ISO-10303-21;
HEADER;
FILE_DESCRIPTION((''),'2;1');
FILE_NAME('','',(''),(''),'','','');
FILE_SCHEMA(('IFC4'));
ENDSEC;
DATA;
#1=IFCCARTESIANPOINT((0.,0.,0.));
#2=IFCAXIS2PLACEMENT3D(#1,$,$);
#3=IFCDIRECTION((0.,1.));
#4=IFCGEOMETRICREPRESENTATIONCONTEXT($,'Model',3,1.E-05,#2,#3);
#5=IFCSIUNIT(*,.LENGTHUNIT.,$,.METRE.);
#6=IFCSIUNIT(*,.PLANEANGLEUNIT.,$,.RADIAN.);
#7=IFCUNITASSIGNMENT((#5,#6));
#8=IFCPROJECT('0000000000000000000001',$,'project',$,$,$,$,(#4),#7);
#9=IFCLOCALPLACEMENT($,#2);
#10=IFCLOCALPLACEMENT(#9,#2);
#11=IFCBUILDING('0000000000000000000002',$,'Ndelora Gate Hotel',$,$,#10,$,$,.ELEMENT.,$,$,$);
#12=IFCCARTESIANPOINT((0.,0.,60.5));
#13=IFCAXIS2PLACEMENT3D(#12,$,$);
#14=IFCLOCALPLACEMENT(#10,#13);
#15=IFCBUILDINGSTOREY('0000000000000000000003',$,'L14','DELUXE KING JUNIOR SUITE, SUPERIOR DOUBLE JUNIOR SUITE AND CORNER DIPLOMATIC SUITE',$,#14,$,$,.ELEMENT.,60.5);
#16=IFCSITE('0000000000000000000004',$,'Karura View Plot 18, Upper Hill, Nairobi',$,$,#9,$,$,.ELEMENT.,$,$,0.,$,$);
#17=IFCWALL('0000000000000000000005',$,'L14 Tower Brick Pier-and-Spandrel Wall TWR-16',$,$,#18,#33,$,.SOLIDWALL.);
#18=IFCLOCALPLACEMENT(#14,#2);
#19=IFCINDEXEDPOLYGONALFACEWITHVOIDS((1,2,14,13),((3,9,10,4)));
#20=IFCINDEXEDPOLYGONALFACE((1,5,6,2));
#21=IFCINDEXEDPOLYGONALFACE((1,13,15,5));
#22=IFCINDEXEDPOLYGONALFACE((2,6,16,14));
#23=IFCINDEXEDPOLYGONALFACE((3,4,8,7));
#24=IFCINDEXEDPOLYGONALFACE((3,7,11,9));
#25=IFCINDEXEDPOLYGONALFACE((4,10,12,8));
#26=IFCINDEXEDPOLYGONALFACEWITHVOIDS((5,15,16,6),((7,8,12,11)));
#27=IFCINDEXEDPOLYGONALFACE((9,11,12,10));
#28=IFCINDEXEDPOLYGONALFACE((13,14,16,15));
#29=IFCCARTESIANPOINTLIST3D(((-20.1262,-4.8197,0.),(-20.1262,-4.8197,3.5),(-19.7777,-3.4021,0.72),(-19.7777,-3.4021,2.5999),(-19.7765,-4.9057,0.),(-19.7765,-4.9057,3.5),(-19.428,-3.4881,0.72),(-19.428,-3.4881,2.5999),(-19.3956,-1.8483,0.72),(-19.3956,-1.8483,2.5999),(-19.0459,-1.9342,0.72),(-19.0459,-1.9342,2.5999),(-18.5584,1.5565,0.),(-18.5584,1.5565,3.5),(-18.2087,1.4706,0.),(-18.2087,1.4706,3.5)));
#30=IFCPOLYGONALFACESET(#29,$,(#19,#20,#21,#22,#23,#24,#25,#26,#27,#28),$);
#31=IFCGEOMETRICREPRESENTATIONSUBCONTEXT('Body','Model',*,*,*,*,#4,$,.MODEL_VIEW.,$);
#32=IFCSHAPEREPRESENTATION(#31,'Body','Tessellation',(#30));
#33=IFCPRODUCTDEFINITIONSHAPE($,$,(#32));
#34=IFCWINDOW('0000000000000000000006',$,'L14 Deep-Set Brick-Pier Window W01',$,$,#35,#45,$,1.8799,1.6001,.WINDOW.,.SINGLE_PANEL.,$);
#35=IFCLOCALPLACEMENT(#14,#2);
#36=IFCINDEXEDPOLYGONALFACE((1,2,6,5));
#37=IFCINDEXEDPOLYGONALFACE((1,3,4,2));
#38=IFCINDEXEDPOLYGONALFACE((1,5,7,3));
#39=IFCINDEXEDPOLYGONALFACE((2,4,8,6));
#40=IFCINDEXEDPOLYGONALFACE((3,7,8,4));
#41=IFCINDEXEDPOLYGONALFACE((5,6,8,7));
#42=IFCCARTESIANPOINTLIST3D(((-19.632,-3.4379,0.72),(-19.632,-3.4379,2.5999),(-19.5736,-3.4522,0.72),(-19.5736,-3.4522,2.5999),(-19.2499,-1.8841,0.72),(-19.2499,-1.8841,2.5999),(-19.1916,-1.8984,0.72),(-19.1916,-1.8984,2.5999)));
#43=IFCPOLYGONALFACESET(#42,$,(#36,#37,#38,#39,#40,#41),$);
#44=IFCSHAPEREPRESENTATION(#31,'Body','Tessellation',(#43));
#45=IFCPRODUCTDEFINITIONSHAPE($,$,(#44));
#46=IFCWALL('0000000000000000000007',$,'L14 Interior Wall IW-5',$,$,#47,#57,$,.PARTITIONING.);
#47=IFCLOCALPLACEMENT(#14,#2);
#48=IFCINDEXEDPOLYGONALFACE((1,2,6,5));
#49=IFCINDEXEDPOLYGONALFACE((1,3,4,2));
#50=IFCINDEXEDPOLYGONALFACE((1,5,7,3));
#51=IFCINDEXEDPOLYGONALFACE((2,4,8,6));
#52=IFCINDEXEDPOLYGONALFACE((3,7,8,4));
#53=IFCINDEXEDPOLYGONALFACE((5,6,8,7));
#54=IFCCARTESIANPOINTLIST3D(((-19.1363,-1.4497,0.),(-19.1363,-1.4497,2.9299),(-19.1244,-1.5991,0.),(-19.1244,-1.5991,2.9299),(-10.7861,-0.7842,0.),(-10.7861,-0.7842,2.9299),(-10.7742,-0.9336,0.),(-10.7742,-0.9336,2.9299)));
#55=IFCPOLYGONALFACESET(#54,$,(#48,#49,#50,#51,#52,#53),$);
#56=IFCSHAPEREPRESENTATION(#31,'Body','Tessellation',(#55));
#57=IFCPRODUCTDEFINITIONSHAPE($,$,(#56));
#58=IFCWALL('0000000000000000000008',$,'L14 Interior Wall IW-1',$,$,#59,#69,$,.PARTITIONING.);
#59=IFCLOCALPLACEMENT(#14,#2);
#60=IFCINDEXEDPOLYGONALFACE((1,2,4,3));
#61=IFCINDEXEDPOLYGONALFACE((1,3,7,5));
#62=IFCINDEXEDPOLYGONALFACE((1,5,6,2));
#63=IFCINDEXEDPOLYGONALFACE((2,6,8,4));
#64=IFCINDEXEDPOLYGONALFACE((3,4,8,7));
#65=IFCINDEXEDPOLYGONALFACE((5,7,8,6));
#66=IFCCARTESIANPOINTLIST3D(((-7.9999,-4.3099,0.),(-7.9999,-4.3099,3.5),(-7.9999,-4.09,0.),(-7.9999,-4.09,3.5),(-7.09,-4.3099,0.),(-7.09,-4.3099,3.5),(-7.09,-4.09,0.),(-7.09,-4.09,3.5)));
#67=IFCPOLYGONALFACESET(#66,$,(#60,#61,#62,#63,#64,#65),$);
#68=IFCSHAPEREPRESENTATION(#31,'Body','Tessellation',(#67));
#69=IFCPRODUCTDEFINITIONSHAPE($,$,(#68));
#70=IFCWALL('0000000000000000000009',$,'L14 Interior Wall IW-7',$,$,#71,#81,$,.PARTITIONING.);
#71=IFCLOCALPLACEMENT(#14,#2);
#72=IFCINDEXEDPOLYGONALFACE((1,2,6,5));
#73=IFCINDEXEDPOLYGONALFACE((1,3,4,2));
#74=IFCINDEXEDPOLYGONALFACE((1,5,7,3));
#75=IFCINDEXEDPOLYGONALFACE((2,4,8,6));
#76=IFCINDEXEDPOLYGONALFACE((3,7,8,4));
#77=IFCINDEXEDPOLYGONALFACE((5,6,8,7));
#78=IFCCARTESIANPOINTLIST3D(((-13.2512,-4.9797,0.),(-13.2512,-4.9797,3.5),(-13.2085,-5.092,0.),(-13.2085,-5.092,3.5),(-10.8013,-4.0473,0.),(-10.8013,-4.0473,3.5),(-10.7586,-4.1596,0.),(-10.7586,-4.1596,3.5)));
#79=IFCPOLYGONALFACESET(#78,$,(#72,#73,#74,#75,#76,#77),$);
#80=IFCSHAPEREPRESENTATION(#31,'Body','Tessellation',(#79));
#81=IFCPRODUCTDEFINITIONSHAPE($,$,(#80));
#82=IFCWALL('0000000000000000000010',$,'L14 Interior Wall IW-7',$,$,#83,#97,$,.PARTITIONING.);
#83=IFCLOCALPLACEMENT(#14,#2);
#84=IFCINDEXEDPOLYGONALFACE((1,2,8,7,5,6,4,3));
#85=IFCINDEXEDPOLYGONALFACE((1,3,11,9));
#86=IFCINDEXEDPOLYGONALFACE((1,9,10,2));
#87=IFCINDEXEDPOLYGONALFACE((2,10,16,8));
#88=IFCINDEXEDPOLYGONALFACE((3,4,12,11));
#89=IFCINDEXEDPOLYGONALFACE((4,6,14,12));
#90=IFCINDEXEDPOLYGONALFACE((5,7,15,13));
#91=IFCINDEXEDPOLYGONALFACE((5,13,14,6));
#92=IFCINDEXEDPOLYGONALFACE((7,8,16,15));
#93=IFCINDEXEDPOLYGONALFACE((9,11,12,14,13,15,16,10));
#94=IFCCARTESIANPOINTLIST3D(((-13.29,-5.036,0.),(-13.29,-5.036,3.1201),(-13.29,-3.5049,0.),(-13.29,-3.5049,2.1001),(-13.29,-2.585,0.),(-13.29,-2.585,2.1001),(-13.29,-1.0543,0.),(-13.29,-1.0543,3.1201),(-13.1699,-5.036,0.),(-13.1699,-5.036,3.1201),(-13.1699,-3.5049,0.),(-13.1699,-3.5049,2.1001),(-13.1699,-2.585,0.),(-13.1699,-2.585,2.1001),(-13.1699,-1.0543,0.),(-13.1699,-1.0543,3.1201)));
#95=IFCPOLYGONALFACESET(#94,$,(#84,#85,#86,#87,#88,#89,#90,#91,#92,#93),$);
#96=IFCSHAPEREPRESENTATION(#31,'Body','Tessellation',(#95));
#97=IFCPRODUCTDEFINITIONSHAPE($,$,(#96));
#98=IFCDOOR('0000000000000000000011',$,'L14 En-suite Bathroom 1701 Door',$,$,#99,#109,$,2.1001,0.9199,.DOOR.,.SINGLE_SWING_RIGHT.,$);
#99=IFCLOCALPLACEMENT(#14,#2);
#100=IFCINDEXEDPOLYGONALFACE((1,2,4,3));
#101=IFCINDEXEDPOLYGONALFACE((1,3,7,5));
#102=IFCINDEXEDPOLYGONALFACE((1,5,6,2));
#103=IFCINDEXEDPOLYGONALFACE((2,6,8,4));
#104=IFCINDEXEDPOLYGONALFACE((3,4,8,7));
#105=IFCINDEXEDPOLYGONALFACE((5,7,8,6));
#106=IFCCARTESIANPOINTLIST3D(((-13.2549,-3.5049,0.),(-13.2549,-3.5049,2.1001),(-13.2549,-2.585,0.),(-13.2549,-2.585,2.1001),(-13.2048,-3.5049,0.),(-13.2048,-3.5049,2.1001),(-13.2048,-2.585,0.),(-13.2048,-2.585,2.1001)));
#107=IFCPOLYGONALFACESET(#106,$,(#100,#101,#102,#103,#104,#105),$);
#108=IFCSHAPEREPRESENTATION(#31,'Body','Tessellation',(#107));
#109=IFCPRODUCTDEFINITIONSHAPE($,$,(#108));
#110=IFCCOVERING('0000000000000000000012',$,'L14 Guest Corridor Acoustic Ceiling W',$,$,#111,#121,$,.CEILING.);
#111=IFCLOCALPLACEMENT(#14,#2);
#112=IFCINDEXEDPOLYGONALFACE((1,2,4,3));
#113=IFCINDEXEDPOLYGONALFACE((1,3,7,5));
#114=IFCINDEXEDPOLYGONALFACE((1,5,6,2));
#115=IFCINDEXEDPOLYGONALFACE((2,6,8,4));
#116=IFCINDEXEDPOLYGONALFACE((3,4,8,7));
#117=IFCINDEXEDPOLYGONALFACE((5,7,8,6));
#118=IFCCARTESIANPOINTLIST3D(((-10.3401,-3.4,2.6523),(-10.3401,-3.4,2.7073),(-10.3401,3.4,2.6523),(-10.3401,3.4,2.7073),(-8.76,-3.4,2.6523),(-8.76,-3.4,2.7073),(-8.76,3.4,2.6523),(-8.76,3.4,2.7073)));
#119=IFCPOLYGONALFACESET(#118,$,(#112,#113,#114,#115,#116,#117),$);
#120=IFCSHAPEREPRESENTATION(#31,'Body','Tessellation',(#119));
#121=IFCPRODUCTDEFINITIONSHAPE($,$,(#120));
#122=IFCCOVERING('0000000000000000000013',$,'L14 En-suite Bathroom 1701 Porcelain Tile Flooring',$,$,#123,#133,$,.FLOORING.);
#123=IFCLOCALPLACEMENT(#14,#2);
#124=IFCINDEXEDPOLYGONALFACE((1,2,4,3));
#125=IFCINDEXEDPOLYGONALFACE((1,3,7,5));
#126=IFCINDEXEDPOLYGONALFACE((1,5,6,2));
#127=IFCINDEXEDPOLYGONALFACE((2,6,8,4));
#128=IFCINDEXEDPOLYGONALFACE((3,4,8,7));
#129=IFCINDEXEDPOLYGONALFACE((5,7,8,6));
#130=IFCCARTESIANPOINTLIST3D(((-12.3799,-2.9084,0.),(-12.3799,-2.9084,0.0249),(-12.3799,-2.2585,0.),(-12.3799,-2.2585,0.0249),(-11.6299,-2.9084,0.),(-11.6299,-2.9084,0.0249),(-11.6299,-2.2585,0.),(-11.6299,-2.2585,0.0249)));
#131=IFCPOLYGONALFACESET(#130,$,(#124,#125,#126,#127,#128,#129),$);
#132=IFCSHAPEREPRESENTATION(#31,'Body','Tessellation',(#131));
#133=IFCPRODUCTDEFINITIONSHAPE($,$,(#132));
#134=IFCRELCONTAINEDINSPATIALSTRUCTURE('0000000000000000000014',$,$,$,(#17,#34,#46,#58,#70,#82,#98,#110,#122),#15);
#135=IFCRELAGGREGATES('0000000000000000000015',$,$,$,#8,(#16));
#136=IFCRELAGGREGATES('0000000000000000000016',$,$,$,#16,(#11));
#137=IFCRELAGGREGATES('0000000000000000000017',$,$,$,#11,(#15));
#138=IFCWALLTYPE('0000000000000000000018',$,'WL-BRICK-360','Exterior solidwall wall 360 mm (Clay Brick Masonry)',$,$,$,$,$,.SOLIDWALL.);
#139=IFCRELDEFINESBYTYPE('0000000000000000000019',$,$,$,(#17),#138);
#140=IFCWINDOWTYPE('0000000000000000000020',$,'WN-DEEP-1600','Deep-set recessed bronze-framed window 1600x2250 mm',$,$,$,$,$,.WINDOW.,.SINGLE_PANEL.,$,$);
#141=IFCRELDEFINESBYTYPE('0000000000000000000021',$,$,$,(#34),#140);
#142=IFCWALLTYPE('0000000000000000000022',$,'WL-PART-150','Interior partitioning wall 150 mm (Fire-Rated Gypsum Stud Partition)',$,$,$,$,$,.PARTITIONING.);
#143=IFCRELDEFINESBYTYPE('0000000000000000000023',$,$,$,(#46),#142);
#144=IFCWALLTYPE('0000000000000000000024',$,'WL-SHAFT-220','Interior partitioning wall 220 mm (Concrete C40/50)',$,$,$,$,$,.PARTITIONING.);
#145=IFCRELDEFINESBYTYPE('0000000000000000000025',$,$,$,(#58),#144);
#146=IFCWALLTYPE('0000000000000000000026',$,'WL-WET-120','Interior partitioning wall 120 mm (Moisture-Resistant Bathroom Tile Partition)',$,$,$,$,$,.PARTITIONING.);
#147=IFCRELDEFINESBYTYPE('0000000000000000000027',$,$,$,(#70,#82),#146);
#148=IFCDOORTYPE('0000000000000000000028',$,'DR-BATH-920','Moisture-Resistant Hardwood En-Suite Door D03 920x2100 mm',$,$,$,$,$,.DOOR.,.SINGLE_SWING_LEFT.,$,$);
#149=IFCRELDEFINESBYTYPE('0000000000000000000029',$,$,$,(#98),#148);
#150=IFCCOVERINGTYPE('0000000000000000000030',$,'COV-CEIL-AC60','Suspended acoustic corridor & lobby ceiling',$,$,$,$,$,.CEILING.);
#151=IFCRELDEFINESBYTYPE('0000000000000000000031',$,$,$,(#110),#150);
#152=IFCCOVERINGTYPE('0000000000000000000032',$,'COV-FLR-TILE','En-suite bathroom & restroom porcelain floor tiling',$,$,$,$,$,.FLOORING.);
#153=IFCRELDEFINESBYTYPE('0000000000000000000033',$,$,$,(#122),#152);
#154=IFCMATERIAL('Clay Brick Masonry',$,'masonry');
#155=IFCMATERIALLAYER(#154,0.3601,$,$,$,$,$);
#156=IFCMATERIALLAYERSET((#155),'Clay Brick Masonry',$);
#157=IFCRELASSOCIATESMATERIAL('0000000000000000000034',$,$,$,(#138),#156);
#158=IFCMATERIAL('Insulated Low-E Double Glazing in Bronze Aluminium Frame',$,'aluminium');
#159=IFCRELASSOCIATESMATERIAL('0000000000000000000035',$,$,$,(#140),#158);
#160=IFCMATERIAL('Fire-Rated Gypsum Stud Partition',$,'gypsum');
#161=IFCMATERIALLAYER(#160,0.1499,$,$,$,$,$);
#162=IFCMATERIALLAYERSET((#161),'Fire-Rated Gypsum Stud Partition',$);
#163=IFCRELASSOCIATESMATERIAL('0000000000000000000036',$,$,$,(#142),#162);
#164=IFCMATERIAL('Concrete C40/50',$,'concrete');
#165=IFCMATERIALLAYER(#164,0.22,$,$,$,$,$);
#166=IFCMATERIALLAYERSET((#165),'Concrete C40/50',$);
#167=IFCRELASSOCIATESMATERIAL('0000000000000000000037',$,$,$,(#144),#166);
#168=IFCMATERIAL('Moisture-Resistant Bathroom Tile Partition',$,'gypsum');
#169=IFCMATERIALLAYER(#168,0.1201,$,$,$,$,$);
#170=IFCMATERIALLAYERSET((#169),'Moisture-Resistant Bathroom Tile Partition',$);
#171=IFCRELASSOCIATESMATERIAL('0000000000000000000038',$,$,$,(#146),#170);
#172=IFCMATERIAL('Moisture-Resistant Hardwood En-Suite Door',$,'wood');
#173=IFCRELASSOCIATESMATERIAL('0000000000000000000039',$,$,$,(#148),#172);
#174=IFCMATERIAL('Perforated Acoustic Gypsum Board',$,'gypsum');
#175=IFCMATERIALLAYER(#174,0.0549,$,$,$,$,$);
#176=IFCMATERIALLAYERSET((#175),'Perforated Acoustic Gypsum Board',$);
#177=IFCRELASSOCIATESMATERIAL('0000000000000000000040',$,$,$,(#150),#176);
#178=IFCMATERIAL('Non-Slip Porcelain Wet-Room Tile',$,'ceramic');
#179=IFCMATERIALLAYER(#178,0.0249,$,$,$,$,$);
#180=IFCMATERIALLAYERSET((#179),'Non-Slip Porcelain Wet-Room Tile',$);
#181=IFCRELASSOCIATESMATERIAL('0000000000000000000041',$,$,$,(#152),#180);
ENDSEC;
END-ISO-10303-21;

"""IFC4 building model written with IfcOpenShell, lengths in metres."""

from ifc_helpers import new_model, si_unit, direction, frame, frame_2d, origin, origin_2d, place, context, subcontext, project, spatial, rectangle, extrude, material, layer, layer_set, type_object, element, fill, save


model = new_model("IFC4")

# Units and contexts
model_context = context("Model", 3, precision=1e-05, world=origin(), true_north=direction((0.0, 1.0)))
body_context = subcontext(model_context, "Body", "Model", "MODEL_VIEW")
ifc_project = project(units=[si_unit("LENGTHUNIT", "METRE"), si_unit("PLANEANGLEUNIT", "RADIAN")], contexts=[model_context])

# Site, building, storey
site_placement = place(None, origin())
site = spatial("IfcSite", under=ifc_project, at=site_placement, Name="Karura View Plot 18, Upper Hill, Nairobi", CompositionType="ELEMENT", RefElevation=0.0)
building_placement = place(site_placement, origin())
building = spatial("IfcBuilding", under=site, at=building_placement, Name="Ndelora Gate Hotel", CompositionType="ELEMENT")
storey_placement = place(building_placement, frame((0.0, 0.0, 60.5)))
storey = spatial("IfcBuildingStorey", under=building, at=storey_placement, Name="L14", Description="DELUXE KING JUNIOR SUITE, SUPERIOR DOUBLE JUNIOR SUITE AND CORNER DIPLOMATIC SUITE", CompositionType="ELEMENT", Elevation=60.5)

# Shared definitions
ifc_material_1 = material(Name="Clay Brick Masonry", Category="masonry")
ifc_layer_1 = layer(ifc_material_1, 0.3601)
ifc_layer_set_1 = layer_set([ifc_layer_1], Name="Clay Brick Masonry")
wall_type_1 = type_object("IfcWallType", Name="WL-BRICK-360", Description="Exterior solidwall wall 360 mm (Clay Brick Masonry)", PredefinedType="SOLIDWALL", material=ifc_layer_set_1)

# Wall, opening, window
wall_1_placement = place(storey_placement, frame((-19.9514, -4.8628, 0.0), z_axis=(0.0, 0.0, 1.0), x_axis=(0.238781, 0.971074, 0.0)))
wall_1 = element("IfcWall", 1, at=wall_1_placement, inside=storey, type_object=wall_type_1, Name="L14 Tower Brick Pier-and-Spandrel Wall TWR-16", PredefinedType="SOLIDWALL", context=body_context, shape_type="SweptSolid", body=[
    extrude(rectangle(XDim=6.5662, YDim=0.3601, at=frame_2d((3.2832, 0.0))), origin(), (0.0, 0.0, 1.0), 3.5),
])
opening_1_placement = place(wall_1_placement, frame((1.46, 0.0, 0.72)))
opening_1 = element("IfcOpeningElement", 2, at=opening_1_placement, cuts=wall_1, PredefinedType="OPENING", context=body_context, shape_type="SweptSolid", body=[
    extrude(rectangle(XDim=1.6001, YDim=1.8799, at=frame_2d((0.8, 0.9399))), frame((0.0, 0.1899, 0.0), z_axis=(0.0, -1.0, 0.0), x_axis=(1.0, 0.0, 0.0)), (0.0, 0.0, 1.0), 0.3801),
])
ifc_material_2 = material(Name="Insulated Low-E Double Glazing in Bronze Aluminium Frame", Category="aluminium")
window_type = type_object("IfcWindowType", Name="WN-DEEP-1600", Description="Deep-set recessed bronze-framed window 1600x2250 mm", PartitioningType="SINGLE_PANEL", PredefinedType="WINDOW", material=ifc_material_2)
window_placement = place(opening_1_placement, origin())
window = element("IfcWindow", 3, at=window_placement, inside=storey, type_object=window_type, Name="L14 Deep-Set Brick-Pier Window W01", OverallHeight=1.8799, OverallWidth=1.6001, PartitioningType="SINGLE_PANEL", PredefinedType="WINDOW", context=body_context, shape_type="SweptSolid", body=[
    extrude(rectangle(XDim=1.6001, YDim=1.8799, at=frame_2d((0.8, 0.9399))), frame((0.0, 0.03, 0.0), z_axis=(0.0, -1.0, 0.0), x_axis=(1.0, 0.0, 0.0)), (0.0, 0.0, 1.0), 0.0601),
])
fill(opening_1, window)

# Walls
ifc_material_3 = material(Name="Fire-Rated Gypsum Stud Partition", Category="gypsum")
ifc_layer_2 = layer(ifc_material_3, 0.1499)
ifc_layer_set_2 = layer_set([ifc_layer_2], Name="Fire-Rated Gypsum Stud Partition")
wall_type_2 = type_object("IfcWallType", Name="WL-PART-150", Description="Interior partitioning wall 150 mm (Fire-Rated Gypsum Stud Partition)", PredefinedType="PARTITIONING", material=ifc_layer_set_2)
wall_2_placement = place(storey_placement, frame((-10.78, -0.8589, 0.0), z_axis=(0.0, 0.0, 1.0), x_axis=(-0.996839, -0.079449, 0.0)))
element("IfcWall", 4, at=wall_2_placement, inside=storey, type_object=wall_type_2, Name="L14 Interior Wall IW-5", PredefinedType="PARTITIONING", context=body_context, shape_type="SweptSolid", body=[
    extrude(rectangle(XDim=8.3767, YDim=0.1499, at=frame_2d((4.1885, 0.0))), origin(), (0.0, 0.0, 1.0), 2.9299),
])
ifc_material_4 = material(Name="Concrete C40/50", Category="concrete")
ifc_layer_3 = layer(ifc_material_4, 0.22)
ifc_layer_set_3 = layer_set([ifc_layer_3], Name="Concrete C40/50")
wall_type_3 = type_object("IfcWallType", Name="WL-SHAFT-220", Description="Interior partitioning wall 220 mm (Concrete C40/50)", PredefinedType="PARTITIONING", material=ifc_layer_set_3)
wall_3_placement = place(storey_placement, frame((-8.0, -4.2, 0.0), z_axis=(0.0, 0.0, 1.0), x_axis=(1.0, 0.0, 0.0)))
element("IfcWall", 5, at=wall_3_placement, inside=storey, type_object=wall_type_3, Name="L14 Interior Wall IW-1", PredefinedType="PARTITIONING", context=body_context, shape_type="SweptSolid", body=[
    extrude(rectangle(XDim=0.9099, YDim=0.22, at=frame_2d((0.4551, 0.0))), origin(), (0.0, 0.0, 1.0), 3.5),
])
ifc_material_5 = material(Name="Moisture-Resistant Bathroom Tile Partition", Category="gypsum")
ifc_layer_4 = layer(ifc_material_5, 0.1201)
ifc_layer_set_4 = layer_set([ifc_layer_4], Name="Moisture-Resistant Bathroom Tile Partition")
wall_type_4 = type_object("IfcWallType", Name="WL-WET-120", Description="Interior partitioning wall 120 mm (Moisture-Resistant Bathroom Tile Partition)", PredefinedType="PARTITIONING", material=ifc_layer_set_4)
wall_4_placement = place(storey_placement, frame((-10.78, -4.1035, 0.0), z_axis=(0.0, 0.0, 1.0), x_axis=(-0.934607, -0.355682, 0.0)))
element("IfcWall", 6, at=wall_4_placement, inside=storey, type_object=wall_type_4, Name="L14 Interior Wall IW-7", PredefinedType="PARTITIONING", context=body_context, shape_type="SweptSolid", body=[
    extrude(rectangle(XDim=2.6213, YDim=0.1201, at=frame_2d((1.3105, 0.0))), origin(), (0.0, 0.0, 1.0), 3.5),
])

# Wall, opening, door
wall_5_placement = place(storey_placement, frame((-13.23, -5.0359, 0.0), z_axis=(0.0, 0.0, 1.0), x_axis=(0.0, 1.0, 0.0)))
wall_5 = element("IfcWall", 7, at=wall_5_placement, inside=storey, type_object=wall_type_4, Name="L14 Interior Wall IW-7", PredefinedType="PARTITIONING", context=body_context, shape_type="SweptSolid", body=[
    extrude(rectangle(XDim=3.9817, YDim=0.1201, at=frame_2d((1.9907, 0.0))), origin(), (0.0, 0.0, 1.0), 3.1201),
])
opening_2_placement = place(wall_5_placement, frame((1.531, 0.0, 0.0)))
opening_2 = element("IfcOpeningElement", 8, at=opening_2_placement, cuts=wall_5, PredefinedType="OPENING", context=body_context, shape_type="SweptSolid", body=[
    extrude(rectangle(XDim=0.9199, YDim=2.1001, at=frame_2d((0.46, 1.05))), frame((0.0, 0.0701, 0.0), z_axis=(0.0, -1.0, 0.0), x_axis=(1.0, 0.0, 0.0)), (0.0, 0.0, 1.0), 0.1401),
])
ifc_material_6 = material(Name="Moisture-Resistant Hardwood En-Suite Door", Category="wood")
door_type_1 = type_object("IfcDoorType", Name="DR-BATH-920", Description="Moisture-Resistant Hardwood En-Suite Door D03 920x2100 mm", OperationType="SINGLE_SWING_LEFT", PredefinedType="DOOR", material=ifc_material_6)
door_1_placement = place(opening_2_placement, origin())
door_1 = element("IfcDoor", 9, at=door_1_placement, inside=storey, type_object=door_type_1, Name="L14 En-suite Bathroom 1701 Door", OperationType="SINGLE_SWING_RIGHT", OverallHeight=2.1001, OverallWidth=0.9199, PredefinedType="DOOR", context=body_context, shape_type="SweptSolid", body=[
    extrude(rectangle(XDim=0.9199, YDim=2.1001, at=frame_2d((0.46, 1.05))), frame((0.0, 0.0249, 0.0), z_axis=(0.0, -1.0, 0.0), x_axis=(1.0, 0.0, 0.0)), (0.0, 0.0, 1.0), 0.05),
])
fill(opening_2, door_1)

# Coverings
ifc_material_7 = material(Name="Perforated Acoustic Gypsum Board", Category="gypsum")
ifc_layer_5 = layer(ifc_material_7, 0.0549)
ifc_layer_set_5 = layer_set([ifc_layer_5], Name="Perforated Acoustic Gypsum Board")
covering_type_1 = type_object("IfcCoveringType", Name="COV-CEIL-AC60", Description="Suspended acoustic corridor & lobby ceiling", PredefinedType="CEILING", material=ifc_layer_set_5)
covering_1_placement = place(storey_placement, frame((-9.55, 0.0, 2.6523), z_axis=(0.0, 0.0, 1.0), x_axis=(1.0, 0.0, 0.0)))
element("IfcCovering", 10, at=covering_1_placement, inside=storey, type_object=covering_type_1, Name="L14 Guest Corridor Acoustic Ceiling W", PredefinedType="CEILING", context=body_context, shape_type="SweptSolid", body=[
    extrude(rectangle(XDim=1.5801, YDim=6.8, at=origin_2d()), origin(), (0.0, 0.0, 1.0), 0.0549),
])
ifc_material_8 = material(Name="Non-Slip Porcelain Wet-Room Tile", Category="ceramic")
ifc_layer_6 = layer(ifc_material_8, 0.0249)
ifc_layer_set_6 = layer_set([ifc_layer_6], Name="Non-Slip Porcelain Wet-Room Tile")
covering_type_2 = type_object("IfcCoveringType", Name="COV-FLR-TILE", Description="En-suite bathroom & restroom porcelain floor tiling", PredefinedType="FLOORING", material=ifc_layer_set_6)
covering_2_placement = place(storey_placement, frame((-12.0049, -2.5835, 0.0), z_axis=(0.0, 0.0, 1.0), x_axis=(1.0, 0.0, 0.0)))
element("IfcCovering", 11, at=covering_2_placement, inside=storey, type_object=covering_type_2, Name="L14 En-suite Bathroom 1701 Porcelain Tile Flooring", PredefinedType="FLOORING", context=body_context, shape_type="SweptSolid", body=[
    extrude(rectangle(XDim=0.75, YDim=0.6499, at=origin_2d()), origin(), (0.0, 0.0, 1.0), 0.0249),
])

save(model, "model.ifc")
